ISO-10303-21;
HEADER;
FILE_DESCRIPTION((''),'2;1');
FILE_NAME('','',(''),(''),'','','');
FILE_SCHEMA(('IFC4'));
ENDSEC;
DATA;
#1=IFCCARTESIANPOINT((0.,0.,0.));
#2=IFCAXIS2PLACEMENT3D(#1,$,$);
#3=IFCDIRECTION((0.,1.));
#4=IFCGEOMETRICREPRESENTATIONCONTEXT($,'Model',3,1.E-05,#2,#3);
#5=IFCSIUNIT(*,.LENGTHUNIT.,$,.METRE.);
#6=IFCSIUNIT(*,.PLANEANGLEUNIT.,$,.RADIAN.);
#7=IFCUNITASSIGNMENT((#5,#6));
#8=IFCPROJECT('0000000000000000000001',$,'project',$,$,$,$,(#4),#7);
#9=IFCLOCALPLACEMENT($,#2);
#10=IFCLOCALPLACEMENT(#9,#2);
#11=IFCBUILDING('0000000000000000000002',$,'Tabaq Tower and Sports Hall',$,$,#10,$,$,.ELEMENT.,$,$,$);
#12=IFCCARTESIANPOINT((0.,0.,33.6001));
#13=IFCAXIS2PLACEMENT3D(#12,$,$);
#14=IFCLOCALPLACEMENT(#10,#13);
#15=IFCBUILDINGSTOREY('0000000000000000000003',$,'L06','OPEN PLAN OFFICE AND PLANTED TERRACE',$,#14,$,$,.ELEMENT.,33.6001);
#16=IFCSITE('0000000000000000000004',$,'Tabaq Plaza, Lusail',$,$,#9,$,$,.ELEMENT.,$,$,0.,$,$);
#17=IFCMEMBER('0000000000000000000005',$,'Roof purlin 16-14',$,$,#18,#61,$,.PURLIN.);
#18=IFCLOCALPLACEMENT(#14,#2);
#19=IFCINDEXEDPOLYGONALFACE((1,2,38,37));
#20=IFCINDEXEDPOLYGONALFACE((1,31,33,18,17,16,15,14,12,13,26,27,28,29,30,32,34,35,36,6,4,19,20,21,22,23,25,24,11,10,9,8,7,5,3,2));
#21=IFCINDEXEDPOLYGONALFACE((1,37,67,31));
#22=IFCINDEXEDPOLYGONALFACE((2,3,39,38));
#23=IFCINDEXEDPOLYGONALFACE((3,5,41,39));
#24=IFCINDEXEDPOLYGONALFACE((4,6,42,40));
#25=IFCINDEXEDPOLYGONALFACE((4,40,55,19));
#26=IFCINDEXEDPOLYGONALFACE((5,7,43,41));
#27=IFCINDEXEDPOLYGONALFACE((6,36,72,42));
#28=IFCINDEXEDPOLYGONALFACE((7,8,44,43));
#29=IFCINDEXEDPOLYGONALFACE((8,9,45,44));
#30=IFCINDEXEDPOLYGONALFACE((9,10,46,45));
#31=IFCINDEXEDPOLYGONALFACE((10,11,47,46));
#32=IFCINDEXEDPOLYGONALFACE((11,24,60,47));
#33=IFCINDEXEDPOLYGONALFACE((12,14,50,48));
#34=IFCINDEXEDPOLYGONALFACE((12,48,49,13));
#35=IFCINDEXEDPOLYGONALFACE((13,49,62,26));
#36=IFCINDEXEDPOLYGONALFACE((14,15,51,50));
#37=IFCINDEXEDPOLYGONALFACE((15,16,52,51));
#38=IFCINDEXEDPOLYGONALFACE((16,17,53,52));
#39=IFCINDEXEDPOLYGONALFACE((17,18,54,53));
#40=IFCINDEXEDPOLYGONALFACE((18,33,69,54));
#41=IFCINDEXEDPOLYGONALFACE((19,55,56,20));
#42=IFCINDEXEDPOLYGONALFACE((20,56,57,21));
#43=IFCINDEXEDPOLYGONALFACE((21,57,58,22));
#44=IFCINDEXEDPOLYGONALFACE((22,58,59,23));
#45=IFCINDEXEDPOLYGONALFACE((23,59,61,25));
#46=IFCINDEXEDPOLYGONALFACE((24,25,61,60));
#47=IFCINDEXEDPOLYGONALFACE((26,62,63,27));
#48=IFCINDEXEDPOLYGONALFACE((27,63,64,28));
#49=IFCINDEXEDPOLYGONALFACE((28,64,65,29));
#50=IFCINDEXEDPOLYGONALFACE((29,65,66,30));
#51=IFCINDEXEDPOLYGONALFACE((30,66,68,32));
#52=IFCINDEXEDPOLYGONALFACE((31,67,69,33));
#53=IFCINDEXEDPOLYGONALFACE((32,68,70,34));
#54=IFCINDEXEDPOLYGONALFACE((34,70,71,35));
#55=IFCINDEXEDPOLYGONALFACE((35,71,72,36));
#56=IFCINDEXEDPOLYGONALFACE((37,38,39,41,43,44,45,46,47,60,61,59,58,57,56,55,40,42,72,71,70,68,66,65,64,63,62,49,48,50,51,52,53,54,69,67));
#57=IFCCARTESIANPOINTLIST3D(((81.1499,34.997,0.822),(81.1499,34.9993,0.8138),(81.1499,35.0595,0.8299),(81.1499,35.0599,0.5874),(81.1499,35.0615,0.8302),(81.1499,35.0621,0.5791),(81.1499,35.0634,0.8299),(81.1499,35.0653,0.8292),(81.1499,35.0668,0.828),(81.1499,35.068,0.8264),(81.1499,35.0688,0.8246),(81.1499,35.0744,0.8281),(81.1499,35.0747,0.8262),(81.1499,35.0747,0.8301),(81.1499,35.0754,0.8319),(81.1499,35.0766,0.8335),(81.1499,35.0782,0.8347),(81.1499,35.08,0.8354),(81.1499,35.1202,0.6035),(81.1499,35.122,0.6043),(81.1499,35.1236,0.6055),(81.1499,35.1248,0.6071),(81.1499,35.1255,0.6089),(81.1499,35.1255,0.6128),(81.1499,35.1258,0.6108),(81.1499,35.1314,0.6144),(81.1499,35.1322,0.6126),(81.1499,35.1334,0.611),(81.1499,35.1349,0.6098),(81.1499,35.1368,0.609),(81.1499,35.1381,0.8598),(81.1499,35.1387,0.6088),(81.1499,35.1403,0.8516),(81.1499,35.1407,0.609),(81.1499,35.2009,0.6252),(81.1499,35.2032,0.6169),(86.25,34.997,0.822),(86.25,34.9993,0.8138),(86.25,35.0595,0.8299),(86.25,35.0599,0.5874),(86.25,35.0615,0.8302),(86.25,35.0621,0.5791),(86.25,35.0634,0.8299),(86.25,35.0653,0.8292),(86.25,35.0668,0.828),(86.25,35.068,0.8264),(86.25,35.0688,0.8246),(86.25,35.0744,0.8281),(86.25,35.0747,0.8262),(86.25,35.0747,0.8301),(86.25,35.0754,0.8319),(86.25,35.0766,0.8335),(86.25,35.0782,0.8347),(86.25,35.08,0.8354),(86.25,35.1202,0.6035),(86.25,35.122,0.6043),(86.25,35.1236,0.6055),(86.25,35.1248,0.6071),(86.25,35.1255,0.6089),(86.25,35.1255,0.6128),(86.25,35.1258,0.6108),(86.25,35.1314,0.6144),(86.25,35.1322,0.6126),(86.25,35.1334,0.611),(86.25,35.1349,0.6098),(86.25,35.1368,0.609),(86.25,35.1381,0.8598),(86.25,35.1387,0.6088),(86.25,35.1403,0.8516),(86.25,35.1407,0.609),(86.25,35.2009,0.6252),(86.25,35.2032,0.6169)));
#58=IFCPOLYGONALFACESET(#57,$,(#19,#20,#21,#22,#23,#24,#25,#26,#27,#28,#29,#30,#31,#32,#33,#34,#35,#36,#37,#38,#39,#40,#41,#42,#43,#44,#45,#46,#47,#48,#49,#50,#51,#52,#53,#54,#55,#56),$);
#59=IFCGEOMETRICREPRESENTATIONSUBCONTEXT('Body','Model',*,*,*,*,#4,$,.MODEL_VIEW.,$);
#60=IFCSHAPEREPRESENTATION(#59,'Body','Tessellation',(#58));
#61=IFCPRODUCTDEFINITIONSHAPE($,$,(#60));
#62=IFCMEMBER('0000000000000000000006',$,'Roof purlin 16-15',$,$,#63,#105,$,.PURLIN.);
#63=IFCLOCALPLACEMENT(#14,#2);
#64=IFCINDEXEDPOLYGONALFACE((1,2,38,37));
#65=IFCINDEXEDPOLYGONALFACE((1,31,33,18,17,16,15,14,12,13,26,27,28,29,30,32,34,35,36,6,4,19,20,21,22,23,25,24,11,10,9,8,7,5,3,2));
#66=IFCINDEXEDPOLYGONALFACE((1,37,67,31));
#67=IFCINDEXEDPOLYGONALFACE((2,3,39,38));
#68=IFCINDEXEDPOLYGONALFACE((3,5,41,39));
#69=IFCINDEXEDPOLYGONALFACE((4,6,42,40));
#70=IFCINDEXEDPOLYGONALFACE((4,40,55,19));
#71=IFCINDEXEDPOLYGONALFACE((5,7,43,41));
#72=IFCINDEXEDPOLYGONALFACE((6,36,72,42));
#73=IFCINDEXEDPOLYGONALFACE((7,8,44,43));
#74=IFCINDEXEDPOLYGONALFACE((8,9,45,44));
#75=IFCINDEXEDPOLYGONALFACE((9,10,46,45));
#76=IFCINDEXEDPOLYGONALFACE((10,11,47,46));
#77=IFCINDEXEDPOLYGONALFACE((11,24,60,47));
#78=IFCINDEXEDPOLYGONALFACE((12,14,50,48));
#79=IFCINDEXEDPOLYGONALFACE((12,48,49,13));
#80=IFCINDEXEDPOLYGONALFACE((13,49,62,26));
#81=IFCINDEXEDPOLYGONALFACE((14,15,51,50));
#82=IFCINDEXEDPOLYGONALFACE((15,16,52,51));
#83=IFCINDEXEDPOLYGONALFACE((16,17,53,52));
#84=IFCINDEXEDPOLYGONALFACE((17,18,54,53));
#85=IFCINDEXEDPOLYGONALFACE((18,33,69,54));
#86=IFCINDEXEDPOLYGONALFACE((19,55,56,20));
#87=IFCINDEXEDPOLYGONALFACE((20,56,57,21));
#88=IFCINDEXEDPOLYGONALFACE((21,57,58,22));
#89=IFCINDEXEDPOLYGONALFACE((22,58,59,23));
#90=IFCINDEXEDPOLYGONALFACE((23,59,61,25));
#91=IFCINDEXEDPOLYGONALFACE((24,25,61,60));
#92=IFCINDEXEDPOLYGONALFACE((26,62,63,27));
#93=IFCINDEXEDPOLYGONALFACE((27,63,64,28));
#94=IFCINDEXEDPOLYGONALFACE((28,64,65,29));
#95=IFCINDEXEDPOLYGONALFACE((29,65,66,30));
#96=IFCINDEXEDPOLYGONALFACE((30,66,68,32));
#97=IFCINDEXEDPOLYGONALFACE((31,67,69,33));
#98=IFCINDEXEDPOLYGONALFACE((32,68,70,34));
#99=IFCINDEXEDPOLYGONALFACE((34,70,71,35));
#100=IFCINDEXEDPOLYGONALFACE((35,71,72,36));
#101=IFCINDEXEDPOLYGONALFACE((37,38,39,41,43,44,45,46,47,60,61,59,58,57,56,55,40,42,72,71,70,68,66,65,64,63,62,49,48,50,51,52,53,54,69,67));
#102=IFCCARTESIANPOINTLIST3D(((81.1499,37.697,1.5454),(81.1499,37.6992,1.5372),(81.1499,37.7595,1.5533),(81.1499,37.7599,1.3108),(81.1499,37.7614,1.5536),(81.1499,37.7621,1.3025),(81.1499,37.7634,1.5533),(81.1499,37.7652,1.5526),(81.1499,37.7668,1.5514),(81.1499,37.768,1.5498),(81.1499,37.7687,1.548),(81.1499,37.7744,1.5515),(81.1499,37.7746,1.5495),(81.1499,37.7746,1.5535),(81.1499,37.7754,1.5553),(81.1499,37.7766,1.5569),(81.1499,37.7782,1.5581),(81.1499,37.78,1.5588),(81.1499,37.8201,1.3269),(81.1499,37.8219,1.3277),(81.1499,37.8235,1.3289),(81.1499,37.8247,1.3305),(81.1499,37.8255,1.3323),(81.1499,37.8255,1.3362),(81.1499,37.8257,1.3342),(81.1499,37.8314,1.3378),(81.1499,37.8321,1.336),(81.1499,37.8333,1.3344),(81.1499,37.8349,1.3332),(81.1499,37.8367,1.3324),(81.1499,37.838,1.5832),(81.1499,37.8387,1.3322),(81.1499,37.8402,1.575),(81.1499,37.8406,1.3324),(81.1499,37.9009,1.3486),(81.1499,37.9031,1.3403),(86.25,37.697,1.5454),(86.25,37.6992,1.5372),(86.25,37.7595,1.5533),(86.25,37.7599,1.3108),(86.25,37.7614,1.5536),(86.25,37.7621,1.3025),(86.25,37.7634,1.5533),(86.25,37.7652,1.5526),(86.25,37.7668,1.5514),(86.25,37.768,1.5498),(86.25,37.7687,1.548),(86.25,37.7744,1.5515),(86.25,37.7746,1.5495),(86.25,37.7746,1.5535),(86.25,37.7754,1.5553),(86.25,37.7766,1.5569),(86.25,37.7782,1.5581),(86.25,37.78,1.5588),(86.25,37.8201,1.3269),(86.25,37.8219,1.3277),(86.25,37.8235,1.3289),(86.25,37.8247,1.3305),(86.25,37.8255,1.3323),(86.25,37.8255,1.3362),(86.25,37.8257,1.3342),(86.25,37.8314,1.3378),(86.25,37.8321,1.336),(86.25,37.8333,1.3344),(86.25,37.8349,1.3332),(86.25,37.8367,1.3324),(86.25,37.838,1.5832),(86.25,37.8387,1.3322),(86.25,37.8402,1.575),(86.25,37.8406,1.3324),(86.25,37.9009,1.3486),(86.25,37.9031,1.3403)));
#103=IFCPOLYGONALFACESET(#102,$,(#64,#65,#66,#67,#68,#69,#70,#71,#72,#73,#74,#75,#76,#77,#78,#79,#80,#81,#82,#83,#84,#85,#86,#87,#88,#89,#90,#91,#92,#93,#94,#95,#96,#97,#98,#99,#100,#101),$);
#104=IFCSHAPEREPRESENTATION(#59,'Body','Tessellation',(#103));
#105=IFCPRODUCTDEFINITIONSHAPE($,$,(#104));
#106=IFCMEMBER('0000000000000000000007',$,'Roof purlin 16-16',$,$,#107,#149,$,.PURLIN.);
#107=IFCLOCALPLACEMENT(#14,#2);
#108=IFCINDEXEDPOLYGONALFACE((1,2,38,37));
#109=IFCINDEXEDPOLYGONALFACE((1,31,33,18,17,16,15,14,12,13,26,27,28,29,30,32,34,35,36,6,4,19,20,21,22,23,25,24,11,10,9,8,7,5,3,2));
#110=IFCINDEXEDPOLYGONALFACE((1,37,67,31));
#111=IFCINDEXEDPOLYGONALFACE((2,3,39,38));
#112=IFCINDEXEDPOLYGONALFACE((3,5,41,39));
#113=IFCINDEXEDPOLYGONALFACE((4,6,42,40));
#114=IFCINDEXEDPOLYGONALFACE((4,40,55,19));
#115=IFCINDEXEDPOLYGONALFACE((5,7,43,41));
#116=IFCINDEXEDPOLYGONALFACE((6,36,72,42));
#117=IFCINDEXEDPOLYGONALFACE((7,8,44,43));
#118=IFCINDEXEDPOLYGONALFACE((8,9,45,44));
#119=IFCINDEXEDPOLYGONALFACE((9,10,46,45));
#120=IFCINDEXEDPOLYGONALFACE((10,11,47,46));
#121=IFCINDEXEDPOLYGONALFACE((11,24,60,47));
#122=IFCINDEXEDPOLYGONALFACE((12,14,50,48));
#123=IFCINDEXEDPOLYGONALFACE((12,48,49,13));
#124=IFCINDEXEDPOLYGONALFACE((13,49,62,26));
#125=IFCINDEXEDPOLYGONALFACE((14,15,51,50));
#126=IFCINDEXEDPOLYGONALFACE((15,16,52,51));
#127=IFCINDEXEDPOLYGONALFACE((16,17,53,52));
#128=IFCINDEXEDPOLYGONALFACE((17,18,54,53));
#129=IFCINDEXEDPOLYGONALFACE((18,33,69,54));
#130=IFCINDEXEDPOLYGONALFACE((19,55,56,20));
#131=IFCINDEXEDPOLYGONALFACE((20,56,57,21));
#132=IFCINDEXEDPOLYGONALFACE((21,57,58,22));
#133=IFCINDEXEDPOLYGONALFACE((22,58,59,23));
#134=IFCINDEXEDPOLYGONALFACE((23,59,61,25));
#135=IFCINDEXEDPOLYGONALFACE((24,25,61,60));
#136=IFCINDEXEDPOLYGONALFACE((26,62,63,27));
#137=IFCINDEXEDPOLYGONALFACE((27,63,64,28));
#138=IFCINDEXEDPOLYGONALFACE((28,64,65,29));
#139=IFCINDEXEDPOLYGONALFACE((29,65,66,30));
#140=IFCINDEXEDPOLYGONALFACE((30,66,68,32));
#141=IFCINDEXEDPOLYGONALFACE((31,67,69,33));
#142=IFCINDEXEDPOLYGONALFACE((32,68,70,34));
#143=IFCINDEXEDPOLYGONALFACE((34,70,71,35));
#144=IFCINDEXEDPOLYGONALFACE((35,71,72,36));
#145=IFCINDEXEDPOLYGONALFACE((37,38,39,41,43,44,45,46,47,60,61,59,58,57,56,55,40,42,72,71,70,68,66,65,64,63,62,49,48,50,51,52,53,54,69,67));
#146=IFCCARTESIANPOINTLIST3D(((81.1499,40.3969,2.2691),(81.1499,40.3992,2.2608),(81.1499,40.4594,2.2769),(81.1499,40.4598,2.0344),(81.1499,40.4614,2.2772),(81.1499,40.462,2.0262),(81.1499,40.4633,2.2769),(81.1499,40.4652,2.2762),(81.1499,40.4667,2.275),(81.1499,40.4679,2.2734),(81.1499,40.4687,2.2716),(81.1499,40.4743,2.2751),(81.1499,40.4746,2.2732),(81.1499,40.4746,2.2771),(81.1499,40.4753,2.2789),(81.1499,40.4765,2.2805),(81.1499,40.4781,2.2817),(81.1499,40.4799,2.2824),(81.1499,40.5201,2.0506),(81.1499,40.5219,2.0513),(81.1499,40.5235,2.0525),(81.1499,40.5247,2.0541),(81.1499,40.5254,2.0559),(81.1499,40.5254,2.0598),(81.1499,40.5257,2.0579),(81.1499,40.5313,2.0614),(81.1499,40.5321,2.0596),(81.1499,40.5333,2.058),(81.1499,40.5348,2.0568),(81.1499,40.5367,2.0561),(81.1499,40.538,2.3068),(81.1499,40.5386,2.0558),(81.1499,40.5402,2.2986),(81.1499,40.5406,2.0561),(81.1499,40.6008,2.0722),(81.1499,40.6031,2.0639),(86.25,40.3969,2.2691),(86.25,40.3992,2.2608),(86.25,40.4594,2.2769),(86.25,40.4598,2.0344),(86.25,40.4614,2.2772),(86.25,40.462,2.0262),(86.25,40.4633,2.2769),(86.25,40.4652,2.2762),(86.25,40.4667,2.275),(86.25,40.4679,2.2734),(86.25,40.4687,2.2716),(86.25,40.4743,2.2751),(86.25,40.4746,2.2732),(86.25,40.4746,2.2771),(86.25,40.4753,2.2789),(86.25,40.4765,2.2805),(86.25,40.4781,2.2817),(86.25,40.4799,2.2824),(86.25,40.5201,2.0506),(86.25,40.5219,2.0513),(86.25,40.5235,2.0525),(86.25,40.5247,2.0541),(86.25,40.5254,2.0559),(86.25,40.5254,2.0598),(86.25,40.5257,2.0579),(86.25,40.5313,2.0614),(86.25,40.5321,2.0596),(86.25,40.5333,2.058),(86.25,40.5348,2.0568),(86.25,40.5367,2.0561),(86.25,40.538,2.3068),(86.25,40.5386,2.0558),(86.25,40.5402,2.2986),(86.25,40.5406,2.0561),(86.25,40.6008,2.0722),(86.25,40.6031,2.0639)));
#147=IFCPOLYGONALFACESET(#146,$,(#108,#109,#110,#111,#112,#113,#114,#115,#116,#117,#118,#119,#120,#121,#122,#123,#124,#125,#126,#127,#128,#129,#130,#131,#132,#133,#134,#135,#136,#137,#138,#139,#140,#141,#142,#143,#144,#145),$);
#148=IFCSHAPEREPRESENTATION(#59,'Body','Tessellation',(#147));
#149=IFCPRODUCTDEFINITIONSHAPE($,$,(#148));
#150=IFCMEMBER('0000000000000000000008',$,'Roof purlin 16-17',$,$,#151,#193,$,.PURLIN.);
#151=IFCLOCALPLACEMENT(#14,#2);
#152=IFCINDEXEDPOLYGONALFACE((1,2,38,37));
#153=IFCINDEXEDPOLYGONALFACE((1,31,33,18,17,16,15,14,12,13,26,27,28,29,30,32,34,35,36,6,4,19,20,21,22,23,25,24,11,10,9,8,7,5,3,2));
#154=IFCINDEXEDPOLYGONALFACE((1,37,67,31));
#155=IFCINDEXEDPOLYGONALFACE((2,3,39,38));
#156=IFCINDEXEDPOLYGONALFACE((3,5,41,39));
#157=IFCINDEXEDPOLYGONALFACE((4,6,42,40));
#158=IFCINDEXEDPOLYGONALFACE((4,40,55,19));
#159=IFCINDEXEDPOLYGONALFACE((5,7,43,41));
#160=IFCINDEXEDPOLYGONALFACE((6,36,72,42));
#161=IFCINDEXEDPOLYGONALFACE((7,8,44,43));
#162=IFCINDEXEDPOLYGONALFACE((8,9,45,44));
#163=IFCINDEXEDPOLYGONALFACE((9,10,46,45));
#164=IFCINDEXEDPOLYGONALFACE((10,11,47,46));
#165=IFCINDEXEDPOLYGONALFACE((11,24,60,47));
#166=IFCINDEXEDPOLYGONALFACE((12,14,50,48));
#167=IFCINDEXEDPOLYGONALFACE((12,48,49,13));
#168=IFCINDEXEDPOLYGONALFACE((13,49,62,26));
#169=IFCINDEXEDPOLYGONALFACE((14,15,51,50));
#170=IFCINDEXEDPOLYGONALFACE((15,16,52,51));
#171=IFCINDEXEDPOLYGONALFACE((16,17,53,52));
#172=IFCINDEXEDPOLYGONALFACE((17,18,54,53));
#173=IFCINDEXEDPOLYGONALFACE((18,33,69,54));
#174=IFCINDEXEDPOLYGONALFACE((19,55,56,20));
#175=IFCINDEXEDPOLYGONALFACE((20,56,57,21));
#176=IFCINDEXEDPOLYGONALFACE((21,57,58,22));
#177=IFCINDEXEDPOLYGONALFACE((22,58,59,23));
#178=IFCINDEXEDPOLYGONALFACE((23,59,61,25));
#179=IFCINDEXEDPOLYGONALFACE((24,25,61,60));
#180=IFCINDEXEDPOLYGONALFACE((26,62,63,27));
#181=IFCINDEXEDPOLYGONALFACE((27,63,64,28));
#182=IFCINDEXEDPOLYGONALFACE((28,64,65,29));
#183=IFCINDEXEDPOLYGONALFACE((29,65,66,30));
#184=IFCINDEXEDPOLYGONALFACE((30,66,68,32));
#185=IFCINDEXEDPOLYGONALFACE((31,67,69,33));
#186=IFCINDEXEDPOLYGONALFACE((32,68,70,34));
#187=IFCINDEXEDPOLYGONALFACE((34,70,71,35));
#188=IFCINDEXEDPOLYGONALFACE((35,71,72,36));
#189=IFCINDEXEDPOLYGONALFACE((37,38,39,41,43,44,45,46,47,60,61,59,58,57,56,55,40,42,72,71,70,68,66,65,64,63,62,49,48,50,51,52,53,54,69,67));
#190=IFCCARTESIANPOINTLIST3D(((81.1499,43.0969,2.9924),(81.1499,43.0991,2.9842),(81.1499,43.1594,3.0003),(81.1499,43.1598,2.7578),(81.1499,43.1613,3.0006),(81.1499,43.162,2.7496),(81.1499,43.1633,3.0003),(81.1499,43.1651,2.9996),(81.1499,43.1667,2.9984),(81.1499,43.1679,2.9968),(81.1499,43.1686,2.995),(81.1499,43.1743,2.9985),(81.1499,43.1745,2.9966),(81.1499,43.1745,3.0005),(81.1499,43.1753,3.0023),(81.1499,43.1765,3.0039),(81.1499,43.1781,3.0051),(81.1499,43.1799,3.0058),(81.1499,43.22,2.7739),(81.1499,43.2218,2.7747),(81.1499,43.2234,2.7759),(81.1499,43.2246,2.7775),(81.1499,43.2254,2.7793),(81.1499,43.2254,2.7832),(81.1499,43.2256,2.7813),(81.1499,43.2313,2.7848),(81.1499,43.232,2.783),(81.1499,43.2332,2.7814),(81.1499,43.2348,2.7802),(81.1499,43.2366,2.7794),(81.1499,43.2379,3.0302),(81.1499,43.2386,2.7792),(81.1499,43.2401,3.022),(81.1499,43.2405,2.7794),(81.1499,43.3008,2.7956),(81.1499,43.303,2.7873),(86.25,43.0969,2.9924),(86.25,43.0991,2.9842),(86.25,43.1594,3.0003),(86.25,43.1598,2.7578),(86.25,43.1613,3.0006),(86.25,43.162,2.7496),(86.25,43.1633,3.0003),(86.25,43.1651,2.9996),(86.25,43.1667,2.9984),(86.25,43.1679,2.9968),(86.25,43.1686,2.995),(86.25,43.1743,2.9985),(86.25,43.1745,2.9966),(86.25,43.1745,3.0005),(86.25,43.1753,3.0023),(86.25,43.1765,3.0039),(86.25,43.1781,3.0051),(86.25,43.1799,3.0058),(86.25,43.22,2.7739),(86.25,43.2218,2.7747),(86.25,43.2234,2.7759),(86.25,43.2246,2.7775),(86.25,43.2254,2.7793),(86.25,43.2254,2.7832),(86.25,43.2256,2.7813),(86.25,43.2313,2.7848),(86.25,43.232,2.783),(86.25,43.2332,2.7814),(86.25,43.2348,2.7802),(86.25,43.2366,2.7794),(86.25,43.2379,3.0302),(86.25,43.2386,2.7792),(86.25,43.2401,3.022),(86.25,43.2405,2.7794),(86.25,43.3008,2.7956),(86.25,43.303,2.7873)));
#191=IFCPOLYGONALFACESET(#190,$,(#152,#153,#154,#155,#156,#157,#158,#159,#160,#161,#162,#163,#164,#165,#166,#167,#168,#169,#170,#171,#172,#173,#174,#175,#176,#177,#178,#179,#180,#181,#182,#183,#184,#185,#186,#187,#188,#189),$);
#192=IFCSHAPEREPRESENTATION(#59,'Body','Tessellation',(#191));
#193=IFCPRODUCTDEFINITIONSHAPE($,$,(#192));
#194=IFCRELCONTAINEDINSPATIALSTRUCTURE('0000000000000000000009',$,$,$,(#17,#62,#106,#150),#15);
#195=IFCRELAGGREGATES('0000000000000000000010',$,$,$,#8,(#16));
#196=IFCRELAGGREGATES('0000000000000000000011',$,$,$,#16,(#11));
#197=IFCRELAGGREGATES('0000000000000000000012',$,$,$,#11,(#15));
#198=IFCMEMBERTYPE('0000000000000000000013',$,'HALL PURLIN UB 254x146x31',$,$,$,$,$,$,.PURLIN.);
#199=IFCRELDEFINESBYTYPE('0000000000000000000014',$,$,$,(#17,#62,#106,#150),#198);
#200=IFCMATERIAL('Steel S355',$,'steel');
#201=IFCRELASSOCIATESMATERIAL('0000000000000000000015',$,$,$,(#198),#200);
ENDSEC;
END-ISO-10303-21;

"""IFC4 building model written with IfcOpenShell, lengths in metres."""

from ifc_helpers import new_model, si_unit, direction, frame, origin, origin_2d, place, context, subcontext, project, spatial, i_section, extrude, material, material_profile, profile_set, type_object, element, save


model = new_model("IFC4")

# Units and contexts
model_context = context("Model", 3, precision=1e-05, world=origin(), true_north=direction((0.0, 1.0)))
body_context = subcontext(model_context, "Body", "Model", "MODEL_VIEW")
ifc_project = project(units=[si_unit("LENGTHUNIT", "METRE"), si_unit("PLANEANGLEUNIT", "RADIAN")], contexts=[model_context])

# Site, building, storey
site_placement = place(None, origin())
site = spatial("IfcSite", under=ifc_project, at=site_placement, Name="Tabaq Plaza, Lusail", CompositionType="ELEMENT", RefElevation=0.0)
building_placement = place(site_placement, origin())
building = spatial("IfcBuilding", under=site, at=building_placement, Name="Tabaq Tower and Sports Hall", CompositionType="ELEMENT")
storey_placement = place(building_placement, frame((0.0, 0.0, 33.6001)))
storey = spatial("IfcBuildingStorey", under=building, at=storey_placement, Name="L06", Description="OPEN PLAN OFFICE AND PLANTED TERRACE", CompositionType="ELEMENT", Elevation=33.6001)

# Members
ifc_material_1 = material(Name="Steel S355", Category="steel")
ifc_material_profile_1 = material_profile(ifc_material_1, i_section(OverallWidth=0.146, OverallDepth=0.2515, WebThickness=0.0061, FlangeThickness=0.0085, FilletRadius=0.0076, at=origin_2d()), Name="UB 254x146x31")
ifc_profile_set_1 = profile_set([ifc_material_profile_1], Name="Steel S355")
member_type = type_object("IfcMemberType", Name="HALL PURLIN UB 254x146x31", PredefinedType="PURLIN", material=ifc_profile_set_1)
for number, where, z_axis, x_axis, name in (
    (1, (81.1499, 35.1001, 0.7195), (1.0, 0.0, 0.0), (0.0, 0.965926, 0.258819), "Roof purlin 16-14"),
    (2, (81.1499, 37.8, 1.4429), (1.0, 0.0, 0.0), (0.0, 0.965926, 0.258819), "Roof purlin 16-15"),
    (3, (81.1499, 40.5, 2.1665), (1.0, 0.0, 0.0), (0.0, 0.965926, 0.258819), "Roof purlin 16-16"),
    (4, (81.1499, 43.2, 2.8899), (1.0, 0.0, 0.0), (0.0, 0.965926, 0.258819), "Roof purlin 16-17"),
):
    element("IfcMember", number, at=place(storey_placement, frame(where, z_axis=z_axis, x_axis=x_axis)), inside=storey, type_object=member_type, Name=name, PredefinedType="PURLIN", context=body_context, shape_type="SweptSolid", body=[
        extrude(i_section(OverallWidth=0.146, OverallDepth=0.2515, WebThickness=0.0061, FlangeThickness=0.0085, FilletRadius=0.0076, at=origin_2d()), origin(), (0.0, 0.0, 1.0), 5.1001),
    ])

save(model, "model.ifc")
